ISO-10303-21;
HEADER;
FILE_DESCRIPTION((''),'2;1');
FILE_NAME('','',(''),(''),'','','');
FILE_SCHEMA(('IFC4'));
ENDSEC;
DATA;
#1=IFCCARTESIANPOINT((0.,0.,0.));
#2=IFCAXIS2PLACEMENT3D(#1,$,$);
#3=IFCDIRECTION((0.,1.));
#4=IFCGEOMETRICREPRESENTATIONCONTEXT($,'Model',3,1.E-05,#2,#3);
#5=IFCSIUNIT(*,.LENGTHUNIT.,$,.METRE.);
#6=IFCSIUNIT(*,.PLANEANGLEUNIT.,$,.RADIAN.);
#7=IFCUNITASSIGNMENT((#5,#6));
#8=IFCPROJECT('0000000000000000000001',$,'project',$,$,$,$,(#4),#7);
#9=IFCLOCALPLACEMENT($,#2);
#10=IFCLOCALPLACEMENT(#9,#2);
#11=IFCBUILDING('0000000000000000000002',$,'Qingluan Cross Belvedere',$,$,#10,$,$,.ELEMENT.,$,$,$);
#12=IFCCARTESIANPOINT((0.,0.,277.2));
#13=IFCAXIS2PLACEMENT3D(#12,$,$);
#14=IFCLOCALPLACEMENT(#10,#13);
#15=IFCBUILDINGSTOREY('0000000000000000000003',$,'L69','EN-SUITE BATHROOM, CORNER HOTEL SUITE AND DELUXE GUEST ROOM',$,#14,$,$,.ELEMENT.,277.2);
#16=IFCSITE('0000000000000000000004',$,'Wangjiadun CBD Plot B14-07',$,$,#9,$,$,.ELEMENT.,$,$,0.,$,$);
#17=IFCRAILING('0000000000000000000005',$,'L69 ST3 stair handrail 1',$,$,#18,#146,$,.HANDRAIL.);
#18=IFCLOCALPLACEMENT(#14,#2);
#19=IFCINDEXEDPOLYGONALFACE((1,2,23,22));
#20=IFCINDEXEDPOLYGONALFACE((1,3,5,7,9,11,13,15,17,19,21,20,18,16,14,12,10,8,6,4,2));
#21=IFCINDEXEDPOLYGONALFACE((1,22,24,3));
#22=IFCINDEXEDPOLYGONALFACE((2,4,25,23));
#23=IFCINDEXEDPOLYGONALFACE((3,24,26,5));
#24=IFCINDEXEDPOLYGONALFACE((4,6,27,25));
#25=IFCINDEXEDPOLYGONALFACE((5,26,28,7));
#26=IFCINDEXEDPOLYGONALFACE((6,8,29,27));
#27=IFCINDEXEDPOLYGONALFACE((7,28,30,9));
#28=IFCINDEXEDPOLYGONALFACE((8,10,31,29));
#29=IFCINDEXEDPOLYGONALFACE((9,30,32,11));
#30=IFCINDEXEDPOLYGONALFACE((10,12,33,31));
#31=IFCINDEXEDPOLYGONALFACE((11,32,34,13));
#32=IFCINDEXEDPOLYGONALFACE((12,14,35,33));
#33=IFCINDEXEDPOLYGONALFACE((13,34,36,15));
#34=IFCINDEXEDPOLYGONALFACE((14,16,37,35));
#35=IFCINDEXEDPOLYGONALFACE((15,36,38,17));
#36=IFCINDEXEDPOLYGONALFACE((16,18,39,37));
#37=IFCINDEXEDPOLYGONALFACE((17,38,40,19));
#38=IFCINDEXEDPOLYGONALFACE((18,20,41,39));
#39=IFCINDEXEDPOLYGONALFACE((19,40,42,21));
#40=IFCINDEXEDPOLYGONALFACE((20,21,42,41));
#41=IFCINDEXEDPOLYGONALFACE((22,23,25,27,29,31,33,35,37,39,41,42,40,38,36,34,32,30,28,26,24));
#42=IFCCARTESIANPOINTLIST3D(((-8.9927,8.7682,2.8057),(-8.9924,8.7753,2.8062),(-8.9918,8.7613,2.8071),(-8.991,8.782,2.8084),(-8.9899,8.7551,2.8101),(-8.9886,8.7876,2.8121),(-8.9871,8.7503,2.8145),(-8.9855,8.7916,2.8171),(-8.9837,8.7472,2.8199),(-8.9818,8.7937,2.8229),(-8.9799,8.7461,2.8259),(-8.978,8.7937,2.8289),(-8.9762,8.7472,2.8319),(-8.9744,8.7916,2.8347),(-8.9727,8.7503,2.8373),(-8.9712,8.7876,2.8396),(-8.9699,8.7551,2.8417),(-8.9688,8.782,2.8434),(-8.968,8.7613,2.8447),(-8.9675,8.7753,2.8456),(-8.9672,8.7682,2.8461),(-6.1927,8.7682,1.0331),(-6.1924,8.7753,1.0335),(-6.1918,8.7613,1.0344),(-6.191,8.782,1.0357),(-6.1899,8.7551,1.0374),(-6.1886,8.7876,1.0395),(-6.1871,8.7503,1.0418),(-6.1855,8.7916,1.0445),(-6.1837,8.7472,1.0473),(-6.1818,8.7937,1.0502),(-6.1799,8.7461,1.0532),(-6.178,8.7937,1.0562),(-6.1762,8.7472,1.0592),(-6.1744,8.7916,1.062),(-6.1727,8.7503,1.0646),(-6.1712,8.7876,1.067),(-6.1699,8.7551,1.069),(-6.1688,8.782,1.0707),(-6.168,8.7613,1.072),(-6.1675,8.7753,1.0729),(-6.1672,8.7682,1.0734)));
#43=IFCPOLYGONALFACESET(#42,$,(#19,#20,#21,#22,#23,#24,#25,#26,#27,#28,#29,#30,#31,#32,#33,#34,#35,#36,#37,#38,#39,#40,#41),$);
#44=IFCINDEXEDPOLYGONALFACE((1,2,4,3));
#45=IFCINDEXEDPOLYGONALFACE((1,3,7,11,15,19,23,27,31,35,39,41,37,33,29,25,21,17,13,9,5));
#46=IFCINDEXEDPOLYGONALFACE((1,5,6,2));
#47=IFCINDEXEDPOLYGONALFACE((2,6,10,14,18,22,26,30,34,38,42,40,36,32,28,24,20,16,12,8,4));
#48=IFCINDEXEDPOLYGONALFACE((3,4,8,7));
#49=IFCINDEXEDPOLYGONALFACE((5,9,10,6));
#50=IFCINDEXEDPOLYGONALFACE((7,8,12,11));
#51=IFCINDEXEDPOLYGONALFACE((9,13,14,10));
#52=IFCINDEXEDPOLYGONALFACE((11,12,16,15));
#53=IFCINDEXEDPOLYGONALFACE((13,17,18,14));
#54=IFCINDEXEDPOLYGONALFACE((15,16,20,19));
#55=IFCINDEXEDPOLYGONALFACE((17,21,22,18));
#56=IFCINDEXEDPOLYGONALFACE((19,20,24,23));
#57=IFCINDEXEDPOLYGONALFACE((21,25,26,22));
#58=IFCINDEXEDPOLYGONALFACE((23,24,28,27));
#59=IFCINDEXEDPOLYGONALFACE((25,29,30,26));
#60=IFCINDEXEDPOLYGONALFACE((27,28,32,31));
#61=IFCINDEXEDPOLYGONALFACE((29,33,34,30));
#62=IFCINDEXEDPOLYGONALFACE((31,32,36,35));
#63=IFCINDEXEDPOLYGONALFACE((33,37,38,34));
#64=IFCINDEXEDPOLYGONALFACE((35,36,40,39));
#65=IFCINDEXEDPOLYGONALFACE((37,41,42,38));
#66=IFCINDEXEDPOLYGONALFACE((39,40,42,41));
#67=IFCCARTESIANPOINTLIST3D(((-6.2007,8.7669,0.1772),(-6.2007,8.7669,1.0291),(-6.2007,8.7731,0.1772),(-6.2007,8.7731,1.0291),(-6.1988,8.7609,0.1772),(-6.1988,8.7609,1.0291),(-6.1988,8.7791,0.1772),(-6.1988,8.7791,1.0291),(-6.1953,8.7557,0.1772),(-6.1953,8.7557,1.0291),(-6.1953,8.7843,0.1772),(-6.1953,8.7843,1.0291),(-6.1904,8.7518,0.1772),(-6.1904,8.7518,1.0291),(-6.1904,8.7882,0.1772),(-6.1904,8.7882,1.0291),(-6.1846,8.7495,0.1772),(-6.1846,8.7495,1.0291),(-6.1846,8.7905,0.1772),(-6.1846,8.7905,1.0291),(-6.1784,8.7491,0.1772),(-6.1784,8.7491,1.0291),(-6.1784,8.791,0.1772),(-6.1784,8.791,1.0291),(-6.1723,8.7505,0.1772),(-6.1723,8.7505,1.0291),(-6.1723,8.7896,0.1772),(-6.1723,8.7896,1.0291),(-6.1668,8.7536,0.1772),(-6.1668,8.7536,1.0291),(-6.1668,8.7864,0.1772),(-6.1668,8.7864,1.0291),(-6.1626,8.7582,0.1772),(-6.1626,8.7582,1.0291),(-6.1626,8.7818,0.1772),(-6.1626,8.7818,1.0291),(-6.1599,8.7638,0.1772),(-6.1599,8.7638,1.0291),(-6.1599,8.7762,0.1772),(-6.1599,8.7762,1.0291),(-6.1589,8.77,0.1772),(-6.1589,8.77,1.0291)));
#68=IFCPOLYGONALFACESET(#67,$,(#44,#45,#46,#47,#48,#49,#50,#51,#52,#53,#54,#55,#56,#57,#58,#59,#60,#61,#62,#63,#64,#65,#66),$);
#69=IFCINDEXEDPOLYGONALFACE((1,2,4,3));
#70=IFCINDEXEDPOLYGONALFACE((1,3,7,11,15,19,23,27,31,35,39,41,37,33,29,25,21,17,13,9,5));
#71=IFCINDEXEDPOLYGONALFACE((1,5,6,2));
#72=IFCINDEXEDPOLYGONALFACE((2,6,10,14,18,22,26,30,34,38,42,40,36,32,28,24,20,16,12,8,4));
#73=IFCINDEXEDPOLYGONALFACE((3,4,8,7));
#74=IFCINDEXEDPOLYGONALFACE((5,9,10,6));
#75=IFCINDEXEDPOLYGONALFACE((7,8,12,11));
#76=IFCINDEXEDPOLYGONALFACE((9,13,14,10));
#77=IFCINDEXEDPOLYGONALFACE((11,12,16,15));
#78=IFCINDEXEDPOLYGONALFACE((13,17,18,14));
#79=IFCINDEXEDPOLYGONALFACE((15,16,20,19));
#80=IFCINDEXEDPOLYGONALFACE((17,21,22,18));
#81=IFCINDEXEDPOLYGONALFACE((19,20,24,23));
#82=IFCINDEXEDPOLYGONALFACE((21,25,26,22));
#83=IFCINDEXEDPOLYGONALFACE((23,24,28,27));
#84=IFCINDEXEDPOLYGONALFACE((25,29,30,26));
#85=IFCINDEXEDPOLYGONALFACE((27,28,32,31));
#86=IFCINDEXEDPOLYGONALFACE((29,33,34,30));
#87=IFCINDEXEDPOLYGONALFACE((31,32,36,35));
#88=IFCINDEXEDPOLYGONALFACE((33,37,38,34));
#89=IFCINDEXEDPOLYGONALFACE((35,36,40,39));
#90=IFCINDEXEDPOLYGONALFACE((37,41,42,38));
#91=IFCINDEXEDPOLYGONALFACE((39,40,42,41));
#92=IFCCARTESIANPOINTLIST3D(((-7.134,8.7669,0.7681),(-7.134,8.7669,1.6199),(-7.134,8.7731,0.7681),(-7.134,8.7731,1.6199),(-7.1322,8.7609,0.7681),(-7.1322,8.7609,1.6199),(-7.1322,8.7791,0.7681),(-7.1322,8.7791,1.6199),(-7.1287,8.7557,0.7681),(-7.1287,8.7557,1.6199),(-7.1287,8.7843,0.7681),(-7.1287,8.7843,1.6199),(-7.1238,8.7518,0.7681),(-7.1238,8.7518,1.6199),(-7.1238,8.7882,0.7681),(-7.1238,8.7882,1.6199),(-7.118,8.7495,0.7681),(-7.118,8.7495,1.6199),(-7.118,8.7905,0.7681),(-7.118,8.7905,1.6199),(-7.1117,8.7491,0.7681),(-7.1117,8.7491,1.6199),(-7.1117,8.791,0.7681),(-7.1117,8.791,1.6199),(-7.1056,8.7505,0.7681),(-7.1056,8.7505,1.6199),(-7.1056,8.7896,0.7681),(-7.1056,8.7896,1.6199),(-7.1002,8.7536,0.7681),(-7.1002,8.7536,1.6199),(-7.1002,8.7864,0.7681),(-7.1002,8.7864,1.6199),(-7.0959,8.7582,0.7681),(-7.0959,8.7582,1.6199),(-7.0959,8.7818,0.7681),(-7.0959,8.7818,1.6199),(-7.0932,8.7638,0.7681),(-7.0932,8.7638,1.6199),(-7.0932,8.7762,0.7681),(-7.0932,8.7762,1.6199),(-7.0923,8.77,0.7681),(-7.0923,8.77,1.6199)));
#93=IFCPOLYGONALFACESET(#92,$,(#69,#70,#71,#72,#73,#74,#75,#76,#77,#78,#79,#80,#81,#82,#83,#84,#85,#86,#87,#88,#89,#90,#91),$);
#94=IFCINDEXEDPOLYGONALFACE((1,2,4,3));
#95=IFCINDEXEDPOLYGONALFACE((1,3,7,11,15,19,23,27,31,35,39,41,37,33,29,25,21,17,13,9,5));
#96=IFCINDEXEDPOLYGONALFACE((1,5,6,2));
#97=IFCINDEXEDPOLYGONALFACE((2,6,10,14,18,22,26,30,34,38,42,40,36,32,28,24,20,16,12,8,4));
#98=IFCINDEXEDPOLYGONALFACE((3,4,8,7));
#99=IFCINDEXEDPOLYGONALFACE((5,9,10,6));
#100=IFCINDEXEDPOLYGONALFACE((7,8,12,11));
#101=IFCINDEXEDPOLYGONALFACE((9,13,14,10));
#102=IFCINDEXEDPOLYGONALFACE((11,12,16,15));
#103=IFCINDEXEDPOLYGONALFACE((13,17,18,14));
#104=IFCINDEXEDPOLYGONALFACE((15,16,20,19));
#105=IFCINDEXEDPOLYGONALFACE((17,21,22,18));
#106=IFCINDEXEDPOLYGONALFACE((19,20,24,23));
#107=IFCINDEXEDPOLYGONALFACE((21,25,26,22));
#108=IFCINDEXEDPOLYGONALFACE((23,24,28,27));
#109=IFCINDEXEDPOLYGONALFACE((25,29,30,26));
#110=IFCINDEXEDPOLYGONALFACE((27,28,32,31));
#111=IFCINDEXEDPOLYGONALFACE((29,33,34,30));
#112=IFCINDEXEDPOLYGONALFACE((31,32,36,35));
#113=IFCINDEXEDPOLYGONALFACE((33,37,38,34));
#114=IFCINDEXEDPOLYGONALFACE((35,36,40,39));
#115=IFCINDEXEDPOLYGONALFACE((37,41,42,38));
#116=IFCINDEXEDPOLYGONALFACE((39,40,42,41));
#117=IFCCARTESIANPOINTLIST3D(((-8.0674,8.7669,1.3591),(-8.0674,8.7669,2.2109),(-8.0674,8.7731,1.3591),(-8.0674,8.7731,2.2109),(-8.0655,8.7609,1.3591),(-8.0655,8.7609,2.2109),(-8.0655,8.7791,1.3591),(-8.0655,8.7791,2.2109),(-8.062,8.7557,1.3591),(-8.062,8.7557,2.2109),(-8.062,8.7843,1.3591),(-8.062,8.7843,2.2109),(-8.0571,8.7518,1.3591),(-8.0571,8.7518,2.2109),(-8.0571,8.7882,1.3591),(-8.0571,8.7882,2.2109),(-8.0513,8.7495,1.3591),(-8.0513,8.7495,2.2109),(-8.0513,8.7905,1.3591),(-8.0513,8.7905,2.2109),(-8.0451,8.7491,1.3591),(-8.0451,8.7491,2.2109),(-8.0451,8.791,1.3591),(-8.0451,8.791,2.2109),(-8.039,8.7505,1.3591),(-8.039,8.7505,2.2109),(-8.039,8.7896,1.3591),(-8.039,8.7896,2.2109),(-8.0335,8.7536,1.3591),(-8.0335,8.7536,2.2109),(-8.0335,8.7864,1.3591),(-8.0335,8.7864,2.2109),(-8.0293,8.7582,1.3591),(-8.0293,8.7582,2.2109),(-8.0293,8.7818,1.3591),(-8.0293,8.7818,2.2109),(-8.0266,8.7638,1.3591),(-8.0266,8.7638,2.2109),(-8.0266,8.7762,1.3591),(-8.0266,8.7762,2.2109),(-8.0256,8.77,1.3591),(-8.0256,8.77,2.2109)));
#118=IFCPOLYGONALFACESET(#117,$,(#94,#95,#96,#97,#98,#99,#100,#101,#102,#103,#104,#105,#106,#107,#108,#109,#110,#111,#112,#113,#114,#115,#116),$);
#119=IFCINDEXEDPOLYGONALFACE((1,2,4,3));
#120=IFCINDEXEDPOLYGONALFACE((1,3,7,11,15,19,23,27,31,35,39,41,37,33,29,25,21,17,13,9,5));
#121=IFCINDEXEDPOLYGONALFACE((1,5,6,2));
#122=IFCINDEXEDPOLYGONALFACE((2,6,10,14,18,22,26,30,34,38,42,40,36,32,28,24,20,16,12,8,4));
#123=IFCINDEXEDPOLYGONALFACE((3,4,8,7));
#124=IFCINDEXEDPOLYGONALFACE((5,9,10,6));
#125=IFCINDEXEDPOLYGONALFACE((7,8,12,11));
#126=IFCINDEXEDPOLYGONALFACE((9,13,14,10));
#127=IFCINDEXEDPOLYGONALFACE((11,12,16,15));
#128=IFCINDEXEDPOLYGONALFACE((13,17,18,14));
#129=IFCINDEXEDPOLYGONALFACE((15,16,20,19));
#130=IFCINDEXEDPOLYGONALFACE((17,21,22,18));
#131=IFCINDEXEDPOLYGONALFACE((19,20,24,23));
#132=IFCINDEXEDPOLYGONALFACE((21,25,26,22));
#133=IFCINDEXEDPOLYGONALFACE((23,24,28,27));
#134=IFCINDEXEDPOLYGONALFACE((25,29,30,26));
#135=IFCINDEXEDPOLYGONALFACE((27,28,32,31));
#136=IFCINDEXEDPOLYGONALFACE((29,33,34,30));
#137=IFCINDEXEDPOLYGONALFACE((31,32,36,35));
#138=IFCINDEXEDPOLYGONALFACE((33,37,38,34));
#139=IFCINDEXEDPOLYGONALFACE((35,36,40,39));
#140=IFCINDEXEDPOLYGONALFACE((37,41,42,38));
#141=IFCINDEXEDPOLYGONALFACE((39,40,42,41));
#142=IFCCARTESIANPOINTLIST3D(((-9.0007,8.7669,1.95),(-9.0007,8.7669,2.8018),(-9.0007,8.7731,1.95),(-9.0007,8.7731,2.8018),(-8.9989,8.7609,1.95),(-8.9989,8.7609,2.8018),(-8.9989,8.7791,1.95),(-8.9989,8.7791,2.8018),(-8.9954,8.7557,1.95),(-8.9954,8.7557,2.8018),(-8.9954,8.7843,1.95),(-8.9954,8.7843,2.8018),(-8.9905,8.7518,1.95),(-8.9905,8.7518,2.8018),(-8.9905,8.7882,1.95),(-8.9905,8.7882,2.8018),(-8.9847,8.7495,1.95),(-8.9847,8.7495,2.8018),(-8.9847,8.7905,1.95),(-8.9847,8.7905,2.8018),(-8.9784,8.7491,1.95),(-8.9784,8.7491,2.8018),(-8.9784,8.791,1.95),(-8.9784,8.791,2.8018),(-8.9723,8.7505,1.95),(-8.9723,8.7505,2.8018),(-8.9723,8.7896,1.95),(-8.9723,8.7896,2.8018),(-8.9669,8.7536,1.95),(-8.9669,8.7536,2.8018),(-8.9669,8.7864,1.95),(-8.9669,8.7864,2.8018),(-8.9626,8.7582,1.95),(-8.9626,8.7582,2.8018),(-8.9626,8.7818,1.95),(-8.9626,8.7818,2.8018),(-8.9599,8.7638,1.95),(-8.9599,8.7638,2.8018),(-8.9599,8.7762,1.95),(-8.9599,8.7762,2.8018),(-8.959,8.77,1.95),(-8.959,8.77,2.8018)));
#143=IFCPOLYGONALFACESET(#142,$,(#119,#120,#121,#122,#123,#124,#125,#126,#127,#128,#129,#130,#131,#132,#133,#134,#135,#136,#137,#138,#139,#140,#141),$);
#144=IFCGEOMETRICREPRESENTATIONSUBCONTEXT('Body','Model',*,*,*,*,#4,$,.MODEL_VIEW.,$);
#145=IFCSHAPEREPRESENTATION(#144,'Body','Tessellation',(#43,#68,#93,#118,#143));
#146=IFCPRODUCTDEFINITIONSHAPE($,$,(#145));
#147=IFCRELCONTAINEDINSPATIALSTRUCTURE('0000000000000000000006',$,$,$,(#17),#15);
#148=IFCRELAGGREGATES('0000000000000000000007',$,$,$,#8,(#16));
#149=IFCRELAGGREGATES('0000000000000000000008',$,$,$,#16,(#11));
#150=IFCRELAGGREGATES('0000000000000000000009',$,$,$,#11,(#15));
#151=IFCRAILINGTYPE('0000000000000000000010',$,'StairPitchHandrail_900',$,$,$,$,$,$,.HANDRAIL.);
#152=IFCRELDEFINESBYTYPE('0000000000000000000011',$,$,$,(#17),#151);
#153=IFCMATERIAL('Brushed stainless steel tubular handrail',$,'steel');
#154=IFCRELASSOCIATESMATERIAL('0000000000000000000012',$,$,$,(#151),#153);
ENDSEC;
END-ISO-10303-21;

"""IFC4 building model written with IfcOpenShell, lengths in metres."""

from ifc_helpers import new_model, si_unit, direction, frame, origin, origin_2d, place, context, subcontext, project, spatial, circle, extrude, material, type_object, element, save


model = new_model("IFC4")

# Units and contexts
model_context = context("Model", 3, precision=1e-05, world=origin(), true_north=direction((0.0, 1.0)))
body_context = subcontext(model_context, "Body", "Model", "MODEL_VIEW")
ifc_project = project(units=[si_unit("LENGTHUNIT", "METRE"), si_unit("PLANEANGLEUNIT", "RADIAN")], contexts=[model_context])

# Site, building, storey
site_placement = place(None, origin())
site = spatial("IfcSite", under=ifc_project, at=site_placement, Name="Wangjiadun CBD Plot B14-07", CompositionType="ELEMENT", RefElevation=0.0)
building_placement = place(site_placement, origin())
building = spatial("IfcBuilding", under=site, at=building_placement, Name="Qingluan Cross Belvedere", CompositionType="ELEMENT")
storey_placement = place(building_placement, frame((0.0, 0.0, 277.2)))
storey = spatial("IfcBuildingStorey", under=building, at=storey_placement, Name="L69", Description="EN-SUITE BATHROOM, CORNER HOTEL SUITE AND DELUXE GUEST ROOM", CompositionType="ELEMENT", Elevation=277.2)

# Railing
ifc_material_1 = material(Name="Brushed stainless steel tubular handrail", Category="steel")
railing_type_1 = type_object("IfcRailingType", Name="StairPitchHandrail_900", PredefinedType="HANDRAIL", material=ifc_material_1)
railing_1_placement = place(storey_placement, frame((-6.1799, 8.77, 0.1772)))
element("IfcRailing", 1, at=railing_1_placement, inside=storey, type_object=railing_type_1, Name="L69 ST3 stair handrail 1", PredefinedType="HANDRAIL", context=body_context, shape_type="SweptSolid", body=[
    extrude(circle(Radius=0.0239, at=origin_2d()), frame((0.0, 0.0, 0.876), z_axis=(-0.844909, 0.0, 0.53491), x_axis=(0.0, -1.0, 0.0)), (0.0, 0.0, 1.0), 3.314),
    extrude(circle(Radius=0.021, at=origin_2d()), origin(), (0.0, 0.0, 1.0), 0.8518),
    extrude(circle(Radius=0.021, at=origin_2d()), frame((-0.9333, 0.0, 0.5908)), (0.0, 0.0, 1.0), 0.8518),
    extrude(circle(Radius=0.021, at=origin_2d()), frame((-1.8667, 0.0, 1.1819)), (0.0, 0.0, 1.0), 0.8518),
    extrude(circle(Radius=0.021, at=origin_2d()), frame((-2.8, 0.0, 1.7727)), (0.0, 0.0, 1.0), 0.8518),
])

save(model, "model.ifc")
